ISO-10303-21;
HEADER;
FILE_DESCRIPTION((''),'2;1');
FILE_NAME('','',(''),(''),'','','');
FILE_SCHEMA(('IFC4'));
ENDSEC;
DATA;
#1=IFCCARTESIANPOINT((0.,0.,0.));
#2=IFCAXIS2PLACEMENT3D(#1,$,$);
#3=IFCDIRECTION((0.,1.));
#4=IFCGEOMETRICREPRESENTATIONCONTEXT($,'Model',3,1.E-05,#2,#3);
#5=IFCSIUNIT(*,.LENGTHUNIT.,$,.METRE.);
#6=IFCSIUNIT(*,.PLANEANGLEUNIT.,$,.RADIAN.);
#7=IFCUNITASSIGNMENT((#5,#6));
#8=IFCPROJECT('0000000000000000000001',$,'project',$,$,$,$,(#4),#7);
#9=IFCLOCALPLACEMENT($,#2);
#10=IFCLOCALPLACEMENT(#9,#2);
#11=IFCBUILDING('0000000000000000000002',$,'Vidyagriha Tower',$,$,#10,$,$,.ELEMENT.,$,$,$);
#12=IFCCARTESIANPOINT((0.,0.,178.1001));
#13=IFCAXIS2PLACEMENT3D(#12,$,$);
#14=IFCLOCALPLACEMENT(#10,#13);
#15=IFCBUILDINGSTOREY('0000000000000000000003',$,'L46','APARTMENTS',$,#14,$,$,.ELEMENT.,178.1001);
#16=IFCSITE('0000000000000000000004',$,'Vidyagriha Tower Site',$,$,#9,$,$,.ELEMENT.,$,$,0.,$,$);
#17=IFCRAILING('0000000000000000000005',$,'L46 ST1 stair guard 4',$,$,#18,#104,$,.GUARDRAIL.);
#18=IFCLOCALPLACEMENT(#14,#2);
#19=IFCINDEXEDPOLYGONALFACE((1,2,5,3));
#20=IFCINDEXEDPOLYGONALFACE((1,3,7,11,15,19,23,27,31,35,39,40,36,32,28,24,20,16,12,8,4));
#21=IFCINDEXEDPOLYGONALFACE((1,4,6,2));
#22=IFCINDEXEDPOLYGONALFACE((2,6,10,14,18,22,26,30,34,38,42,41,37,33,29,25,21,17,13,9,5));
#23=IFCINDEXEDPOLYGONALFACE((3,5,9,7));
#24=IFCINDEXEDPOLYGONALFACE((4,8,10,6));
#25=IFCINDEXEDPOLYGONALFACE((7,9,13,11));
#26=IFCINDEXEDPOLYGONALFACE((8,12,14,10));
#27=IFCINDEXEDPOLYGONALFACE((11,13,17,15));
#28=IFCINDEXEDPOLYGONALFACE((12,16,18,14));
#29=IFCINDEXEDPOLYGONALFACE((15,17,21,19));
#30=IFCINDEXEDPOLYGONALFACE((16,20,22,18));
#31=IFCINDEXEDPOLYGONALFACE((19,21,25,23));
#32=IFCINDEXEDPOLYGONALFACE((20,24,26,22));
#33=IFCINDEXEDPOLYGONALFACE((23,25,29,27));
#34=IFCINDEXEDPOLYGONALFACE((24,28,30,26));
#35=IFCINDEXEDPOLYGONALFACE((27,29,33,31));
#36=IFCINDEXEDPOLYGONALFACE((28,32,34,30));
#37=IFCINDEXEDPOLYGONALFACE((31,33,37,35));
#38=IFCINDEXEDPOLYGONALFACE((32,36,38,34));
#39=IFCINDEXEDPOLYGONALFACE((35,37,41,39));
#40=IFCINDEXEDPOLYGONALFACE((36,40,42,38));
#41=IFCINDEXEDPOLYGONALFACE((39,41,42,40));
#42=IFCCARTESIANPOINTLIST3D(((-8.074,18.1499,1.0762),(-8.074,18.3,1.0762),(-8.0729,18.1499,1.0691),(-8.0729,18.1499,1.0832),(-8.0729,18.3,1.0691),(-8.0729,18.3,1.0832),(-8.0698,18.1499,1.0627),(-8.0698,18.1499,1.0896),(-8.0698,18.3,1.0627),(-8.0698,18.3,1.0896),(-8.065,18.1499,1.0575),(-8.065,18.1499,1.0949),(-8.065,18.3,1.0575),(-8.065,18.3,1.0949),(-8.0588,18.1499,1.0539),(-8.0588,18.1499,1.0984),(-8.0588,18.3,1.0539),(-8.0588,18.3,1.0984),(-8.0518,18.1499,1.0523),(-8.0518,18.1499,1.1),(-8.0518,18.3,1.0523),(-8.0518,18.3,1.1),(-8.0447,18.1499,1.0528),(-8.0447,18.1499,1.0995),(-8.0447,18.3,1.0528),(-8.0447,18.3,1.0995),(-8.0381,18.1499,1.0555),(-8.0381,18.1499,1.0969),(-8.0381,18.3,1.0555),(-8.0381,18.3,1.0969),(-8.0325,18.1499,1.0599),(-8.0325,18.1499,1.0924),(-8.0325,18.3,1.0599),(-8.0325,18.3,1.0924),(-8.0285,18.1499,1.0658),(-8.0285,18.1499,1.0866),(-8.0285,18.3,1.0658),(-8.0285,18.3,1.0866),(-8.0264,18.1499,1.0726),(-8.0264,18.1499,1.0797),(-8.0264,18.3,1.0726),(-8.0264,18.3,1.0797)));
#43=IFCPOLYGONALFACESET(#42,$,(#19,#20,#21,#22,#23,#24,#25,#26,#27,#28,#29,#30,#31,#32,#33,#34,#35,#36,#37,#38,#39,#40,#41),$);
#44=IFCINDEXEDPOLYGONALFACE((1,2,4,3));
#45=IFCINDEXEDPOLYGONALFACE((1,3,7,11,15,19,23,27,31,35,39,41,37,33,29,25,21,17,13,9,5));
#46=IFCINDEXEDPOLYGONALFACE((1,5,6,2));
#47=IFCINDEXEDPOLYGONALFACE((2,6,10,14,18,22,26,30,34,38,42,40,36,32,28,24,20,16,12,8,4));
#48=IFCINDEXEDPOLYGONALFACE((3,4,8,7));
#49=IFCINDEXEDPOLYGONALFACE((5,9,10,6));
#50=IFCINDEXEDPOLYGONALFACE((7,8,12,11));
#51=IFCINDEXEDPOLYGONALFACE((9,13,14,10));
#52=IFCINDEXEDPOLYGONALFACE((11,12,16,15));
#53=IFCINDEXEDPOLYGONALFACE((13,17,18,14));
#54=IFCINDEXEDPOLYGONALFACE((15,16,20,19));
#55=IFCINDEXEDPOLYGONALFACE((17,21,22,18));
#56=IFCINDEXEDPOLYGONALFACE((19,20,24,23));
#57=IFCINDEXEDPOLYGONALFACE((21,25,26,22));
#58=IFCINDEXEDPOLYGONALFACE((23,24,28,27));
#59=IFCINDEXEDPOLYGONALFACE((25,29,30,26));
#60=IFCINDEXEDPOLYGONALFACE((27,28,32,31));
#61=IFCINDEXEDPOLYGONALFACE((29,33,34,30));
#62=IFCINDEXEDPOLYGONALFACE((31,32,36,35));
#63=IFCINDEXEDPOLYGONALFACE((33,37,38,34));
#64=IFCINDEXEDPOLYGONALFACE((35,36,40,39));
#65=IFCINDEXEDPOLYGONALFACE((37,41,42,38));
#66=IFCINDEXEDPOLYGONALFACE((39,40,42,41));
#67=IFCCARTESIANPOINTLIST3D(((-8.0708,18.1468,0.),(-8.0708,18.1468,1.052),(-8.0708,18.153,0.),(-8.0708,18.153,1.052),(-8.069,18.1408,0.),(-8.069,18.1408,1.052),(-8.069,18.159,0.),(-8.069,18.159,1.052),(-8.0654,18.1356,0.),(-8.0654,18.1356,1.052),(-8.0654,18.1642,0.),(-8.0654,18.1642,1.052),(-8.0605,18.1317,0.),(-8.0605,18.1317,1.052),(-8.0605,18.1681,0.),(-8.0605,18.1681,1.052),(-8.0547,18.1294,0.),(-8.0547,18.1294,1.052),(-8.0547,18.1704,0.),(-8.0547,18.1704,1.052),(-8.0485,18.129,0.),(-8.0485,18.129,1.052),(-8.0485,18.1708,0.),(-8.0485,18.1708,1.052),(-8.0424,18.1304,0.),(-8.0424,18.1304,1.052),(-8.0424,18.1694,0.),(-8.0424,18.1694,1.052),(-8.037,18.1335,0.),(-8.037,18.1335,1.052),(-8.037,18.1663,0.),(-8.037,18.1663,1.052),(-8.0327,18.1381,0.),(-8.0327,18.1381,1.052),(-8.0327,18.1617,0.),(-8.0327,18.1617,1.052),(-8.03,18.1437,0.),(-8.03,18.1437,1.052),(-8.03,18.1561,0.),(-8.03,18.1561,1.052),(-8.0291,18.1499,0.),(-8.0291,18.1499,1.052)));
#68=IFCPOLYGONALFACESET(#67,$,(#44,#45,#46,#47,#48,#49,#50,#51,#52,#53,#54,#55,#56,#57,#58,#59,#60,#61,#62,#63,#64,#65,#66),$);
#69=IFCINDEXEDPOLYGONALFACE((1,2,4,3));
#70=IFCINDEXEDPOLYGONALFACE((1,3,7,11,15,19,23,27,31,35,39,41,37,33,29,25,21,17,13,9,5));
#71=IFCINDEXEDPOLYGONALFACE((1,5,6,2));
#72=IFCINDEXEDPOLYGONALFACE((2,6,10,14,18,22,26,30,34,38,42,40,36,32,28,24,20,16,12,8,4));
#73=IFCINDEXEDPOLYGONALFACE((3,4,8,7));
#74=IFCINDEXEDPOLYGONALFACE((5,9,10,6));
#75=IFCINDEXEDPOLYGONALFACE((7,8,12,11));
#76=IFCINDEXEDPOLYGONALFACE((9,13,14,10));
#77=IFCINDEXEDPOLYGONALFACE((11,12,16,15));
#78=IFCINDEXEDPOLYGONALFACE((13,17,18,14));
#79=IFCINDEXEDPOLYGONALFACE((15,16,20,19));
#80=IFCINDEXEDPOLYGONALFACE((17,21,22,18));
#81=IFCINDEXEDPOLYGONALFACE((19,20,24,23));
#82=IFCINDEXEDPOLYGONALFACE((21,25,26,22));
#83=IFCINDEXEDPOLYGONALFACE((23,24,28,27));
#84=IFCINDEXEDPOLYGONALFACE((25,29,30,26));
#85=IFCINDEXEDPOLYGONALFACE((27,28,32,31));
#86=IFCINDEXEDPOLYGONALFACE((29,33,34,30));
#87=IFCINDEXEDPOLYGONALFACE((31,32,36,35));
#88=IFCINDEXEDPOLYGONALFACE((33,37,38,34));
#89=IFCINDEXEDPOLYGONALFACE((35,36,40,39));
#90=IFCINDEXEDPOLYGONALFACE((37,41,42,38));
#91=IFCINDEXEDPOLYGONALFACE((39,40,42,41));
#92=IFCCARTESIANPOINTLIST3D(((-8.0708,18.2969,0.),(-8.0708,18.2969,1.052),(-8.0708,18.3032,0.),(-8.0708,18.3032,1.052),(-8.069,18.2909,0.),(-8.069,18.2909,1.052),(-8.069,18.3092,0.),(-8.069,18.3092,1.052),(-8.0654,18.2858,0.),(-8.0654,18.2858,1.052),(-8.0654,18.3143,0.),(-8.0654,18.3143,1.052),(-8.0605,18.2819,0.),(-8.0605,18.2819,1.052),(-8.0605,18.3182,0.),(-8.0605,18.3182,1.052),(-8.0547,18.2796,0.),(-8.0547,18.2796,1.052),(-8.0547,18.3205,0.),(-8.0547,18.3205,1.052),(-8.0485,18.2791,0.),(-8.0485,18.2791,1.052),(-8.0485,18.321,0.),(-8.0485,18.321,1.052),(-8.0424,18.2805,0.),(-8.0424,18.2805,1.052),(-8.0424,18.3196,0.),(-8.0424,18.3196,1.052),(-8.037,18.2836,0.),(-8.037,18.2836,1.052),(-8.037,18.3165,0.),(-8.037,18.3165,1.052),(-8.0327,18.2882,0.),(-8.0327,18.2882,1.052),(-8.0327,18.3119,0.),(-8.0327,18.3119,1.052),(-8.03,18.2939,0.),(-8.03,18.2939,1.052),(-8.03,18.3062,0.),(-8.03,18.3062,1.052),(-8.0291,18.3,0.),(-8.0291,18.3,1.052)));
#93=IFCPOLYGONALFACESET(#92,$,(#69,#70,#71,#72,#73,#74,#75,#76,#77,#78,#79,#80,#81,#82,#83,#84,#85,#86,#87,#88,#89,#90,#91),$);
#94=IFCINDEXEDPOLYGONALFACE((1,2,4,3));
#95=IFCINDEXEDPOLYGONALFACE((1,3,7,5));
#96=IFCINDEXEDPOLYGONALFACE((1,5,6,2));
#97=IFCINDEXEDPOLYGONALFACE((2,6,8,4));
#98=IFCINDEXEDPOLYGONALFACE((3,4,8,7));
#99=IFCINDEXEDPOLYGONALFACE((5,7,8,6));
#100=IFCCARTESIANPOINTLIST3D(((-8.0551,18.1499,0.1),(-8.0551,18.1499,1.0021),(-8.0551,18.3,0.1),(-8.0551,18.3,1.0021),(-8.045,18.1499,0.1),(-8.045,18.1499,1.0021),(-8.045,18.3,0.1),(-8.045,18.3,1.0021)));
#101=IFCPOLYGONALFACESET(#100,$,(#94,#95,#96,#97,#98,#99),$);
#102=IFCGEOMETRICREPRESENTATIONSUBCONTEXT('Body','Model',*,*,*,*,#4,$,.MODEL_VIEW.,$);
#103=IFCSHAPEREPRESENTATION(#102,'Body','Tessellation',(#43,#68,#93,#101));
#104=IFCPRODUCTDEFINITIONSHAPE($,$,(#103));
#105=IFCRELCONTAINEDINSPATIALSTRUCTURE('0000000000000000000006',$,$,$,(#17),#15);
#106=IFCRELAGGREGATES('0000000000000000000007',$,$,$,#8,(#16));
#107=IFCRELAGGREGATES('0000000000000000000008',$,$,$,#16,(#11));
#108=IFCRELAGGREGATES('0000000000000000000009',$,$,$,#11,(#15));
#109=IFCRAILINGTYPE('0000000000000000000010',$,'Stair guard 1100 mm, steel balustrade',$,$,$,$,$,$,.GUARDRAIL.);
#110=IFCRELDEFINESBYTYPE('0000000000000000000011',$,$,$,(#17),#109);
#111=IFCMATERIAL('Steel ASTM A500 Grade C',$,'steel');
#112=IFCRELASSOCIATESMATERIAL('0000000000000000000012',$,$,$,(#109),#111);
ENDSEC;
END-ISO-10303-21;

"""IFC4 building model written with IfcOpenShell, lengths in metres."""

from ifc_helpers import new_model, si_unit, direction, frame, origin, origin_2d, place, context, subcontext, project, spatial, rectangle, circle, extrude, material, type_object, element, save


model = new_model("IFC4")

# Units and contexts
model_context = context("Model", 3, precision=1e-05, world=origin(), true_north=direction((0.0, 1.0)))
body_context = subcontext(model_context, "Body", "Model", "MODEL_VIEW")
ifc_project = project(units=[si_unit("LENGTHUNIT", "METRE"), si_unit("PLANEANGLEUNIT", "RADIAN")], contexts=[model_context])

# Site, building, storey
site_placement = place(None, origin())
site = spatial("IfcSite", under=ifc_project, at=site_placement, Name="Vidyagriha Tower Site", CompositionType="ELEMENT", RefElevation=0.0)
building_placement = place(site_placement, origin())
building = spatial("IfcBuilding", under=site, at=building_placement, Name="Vidyagriha Tower", CompositionType="ELEMENT")
storey_placement = place(building_placement, frame((0.0, 0.0, 178.1001)))
storey = spatial("IfcBuildingStorey", under=building, at=storey_placement, Name="L46", Description="APARTMENTS", CompositionType="ELEMENT", Elevation=178.1001)

# Railing
ifc_material_1 = material(Name="Steel ASTM A500 Grade C", Category="steel")
railing_type_1 = type_object("IfcRailingType", Name="Stair guard 1100 mm, steel balustrade", PredefinedType="GUARDRAIL", material=ifc_material_1)
railing_1_placement = place(storey_placement, frame((-8.05, 18.1499, 0.0)))
element("IfcRailing", 1, at=railing_1_placement, inside=storey, type_object=railing_type_1, Name="L46 ST1 stair guard 4", PredefinedType="GUARDRAIL", context=body_context, shape_type="SweptSolid", body=[
    extrude(circle(Radius=0.0239, at=origin_2d()), frame((0.0, 0.0, 1.0762), z_axis=(0.0, 1.0, 0.0), x_axis=(-1.0, 0.0, 0.0)), (0.0, 0.0, 1.0), 0.1501),
    extrude(circle(Radius=0.021, at=origin_2d()), origin(), (0.0, 0.0, 1.0), 1.052),
    extrude(circle(Radius=0.021, at=origin_2d()), frame((0.0, 0.1501, 0.0)), (0.0, 0.0, 1.0), 1.052),
    extrude(rectangle(XDim=0.01, YDim=0.9021, at=origin_2d()), frame((0.0, 0.0, 0.551), z_axis=(0.0, 1.0, 0.0), x_axis=(-1.0, 0.0, 0.0)), (0.0, 0.0, 1.0), 0.1501),
])

save(model, "model.ifc")
